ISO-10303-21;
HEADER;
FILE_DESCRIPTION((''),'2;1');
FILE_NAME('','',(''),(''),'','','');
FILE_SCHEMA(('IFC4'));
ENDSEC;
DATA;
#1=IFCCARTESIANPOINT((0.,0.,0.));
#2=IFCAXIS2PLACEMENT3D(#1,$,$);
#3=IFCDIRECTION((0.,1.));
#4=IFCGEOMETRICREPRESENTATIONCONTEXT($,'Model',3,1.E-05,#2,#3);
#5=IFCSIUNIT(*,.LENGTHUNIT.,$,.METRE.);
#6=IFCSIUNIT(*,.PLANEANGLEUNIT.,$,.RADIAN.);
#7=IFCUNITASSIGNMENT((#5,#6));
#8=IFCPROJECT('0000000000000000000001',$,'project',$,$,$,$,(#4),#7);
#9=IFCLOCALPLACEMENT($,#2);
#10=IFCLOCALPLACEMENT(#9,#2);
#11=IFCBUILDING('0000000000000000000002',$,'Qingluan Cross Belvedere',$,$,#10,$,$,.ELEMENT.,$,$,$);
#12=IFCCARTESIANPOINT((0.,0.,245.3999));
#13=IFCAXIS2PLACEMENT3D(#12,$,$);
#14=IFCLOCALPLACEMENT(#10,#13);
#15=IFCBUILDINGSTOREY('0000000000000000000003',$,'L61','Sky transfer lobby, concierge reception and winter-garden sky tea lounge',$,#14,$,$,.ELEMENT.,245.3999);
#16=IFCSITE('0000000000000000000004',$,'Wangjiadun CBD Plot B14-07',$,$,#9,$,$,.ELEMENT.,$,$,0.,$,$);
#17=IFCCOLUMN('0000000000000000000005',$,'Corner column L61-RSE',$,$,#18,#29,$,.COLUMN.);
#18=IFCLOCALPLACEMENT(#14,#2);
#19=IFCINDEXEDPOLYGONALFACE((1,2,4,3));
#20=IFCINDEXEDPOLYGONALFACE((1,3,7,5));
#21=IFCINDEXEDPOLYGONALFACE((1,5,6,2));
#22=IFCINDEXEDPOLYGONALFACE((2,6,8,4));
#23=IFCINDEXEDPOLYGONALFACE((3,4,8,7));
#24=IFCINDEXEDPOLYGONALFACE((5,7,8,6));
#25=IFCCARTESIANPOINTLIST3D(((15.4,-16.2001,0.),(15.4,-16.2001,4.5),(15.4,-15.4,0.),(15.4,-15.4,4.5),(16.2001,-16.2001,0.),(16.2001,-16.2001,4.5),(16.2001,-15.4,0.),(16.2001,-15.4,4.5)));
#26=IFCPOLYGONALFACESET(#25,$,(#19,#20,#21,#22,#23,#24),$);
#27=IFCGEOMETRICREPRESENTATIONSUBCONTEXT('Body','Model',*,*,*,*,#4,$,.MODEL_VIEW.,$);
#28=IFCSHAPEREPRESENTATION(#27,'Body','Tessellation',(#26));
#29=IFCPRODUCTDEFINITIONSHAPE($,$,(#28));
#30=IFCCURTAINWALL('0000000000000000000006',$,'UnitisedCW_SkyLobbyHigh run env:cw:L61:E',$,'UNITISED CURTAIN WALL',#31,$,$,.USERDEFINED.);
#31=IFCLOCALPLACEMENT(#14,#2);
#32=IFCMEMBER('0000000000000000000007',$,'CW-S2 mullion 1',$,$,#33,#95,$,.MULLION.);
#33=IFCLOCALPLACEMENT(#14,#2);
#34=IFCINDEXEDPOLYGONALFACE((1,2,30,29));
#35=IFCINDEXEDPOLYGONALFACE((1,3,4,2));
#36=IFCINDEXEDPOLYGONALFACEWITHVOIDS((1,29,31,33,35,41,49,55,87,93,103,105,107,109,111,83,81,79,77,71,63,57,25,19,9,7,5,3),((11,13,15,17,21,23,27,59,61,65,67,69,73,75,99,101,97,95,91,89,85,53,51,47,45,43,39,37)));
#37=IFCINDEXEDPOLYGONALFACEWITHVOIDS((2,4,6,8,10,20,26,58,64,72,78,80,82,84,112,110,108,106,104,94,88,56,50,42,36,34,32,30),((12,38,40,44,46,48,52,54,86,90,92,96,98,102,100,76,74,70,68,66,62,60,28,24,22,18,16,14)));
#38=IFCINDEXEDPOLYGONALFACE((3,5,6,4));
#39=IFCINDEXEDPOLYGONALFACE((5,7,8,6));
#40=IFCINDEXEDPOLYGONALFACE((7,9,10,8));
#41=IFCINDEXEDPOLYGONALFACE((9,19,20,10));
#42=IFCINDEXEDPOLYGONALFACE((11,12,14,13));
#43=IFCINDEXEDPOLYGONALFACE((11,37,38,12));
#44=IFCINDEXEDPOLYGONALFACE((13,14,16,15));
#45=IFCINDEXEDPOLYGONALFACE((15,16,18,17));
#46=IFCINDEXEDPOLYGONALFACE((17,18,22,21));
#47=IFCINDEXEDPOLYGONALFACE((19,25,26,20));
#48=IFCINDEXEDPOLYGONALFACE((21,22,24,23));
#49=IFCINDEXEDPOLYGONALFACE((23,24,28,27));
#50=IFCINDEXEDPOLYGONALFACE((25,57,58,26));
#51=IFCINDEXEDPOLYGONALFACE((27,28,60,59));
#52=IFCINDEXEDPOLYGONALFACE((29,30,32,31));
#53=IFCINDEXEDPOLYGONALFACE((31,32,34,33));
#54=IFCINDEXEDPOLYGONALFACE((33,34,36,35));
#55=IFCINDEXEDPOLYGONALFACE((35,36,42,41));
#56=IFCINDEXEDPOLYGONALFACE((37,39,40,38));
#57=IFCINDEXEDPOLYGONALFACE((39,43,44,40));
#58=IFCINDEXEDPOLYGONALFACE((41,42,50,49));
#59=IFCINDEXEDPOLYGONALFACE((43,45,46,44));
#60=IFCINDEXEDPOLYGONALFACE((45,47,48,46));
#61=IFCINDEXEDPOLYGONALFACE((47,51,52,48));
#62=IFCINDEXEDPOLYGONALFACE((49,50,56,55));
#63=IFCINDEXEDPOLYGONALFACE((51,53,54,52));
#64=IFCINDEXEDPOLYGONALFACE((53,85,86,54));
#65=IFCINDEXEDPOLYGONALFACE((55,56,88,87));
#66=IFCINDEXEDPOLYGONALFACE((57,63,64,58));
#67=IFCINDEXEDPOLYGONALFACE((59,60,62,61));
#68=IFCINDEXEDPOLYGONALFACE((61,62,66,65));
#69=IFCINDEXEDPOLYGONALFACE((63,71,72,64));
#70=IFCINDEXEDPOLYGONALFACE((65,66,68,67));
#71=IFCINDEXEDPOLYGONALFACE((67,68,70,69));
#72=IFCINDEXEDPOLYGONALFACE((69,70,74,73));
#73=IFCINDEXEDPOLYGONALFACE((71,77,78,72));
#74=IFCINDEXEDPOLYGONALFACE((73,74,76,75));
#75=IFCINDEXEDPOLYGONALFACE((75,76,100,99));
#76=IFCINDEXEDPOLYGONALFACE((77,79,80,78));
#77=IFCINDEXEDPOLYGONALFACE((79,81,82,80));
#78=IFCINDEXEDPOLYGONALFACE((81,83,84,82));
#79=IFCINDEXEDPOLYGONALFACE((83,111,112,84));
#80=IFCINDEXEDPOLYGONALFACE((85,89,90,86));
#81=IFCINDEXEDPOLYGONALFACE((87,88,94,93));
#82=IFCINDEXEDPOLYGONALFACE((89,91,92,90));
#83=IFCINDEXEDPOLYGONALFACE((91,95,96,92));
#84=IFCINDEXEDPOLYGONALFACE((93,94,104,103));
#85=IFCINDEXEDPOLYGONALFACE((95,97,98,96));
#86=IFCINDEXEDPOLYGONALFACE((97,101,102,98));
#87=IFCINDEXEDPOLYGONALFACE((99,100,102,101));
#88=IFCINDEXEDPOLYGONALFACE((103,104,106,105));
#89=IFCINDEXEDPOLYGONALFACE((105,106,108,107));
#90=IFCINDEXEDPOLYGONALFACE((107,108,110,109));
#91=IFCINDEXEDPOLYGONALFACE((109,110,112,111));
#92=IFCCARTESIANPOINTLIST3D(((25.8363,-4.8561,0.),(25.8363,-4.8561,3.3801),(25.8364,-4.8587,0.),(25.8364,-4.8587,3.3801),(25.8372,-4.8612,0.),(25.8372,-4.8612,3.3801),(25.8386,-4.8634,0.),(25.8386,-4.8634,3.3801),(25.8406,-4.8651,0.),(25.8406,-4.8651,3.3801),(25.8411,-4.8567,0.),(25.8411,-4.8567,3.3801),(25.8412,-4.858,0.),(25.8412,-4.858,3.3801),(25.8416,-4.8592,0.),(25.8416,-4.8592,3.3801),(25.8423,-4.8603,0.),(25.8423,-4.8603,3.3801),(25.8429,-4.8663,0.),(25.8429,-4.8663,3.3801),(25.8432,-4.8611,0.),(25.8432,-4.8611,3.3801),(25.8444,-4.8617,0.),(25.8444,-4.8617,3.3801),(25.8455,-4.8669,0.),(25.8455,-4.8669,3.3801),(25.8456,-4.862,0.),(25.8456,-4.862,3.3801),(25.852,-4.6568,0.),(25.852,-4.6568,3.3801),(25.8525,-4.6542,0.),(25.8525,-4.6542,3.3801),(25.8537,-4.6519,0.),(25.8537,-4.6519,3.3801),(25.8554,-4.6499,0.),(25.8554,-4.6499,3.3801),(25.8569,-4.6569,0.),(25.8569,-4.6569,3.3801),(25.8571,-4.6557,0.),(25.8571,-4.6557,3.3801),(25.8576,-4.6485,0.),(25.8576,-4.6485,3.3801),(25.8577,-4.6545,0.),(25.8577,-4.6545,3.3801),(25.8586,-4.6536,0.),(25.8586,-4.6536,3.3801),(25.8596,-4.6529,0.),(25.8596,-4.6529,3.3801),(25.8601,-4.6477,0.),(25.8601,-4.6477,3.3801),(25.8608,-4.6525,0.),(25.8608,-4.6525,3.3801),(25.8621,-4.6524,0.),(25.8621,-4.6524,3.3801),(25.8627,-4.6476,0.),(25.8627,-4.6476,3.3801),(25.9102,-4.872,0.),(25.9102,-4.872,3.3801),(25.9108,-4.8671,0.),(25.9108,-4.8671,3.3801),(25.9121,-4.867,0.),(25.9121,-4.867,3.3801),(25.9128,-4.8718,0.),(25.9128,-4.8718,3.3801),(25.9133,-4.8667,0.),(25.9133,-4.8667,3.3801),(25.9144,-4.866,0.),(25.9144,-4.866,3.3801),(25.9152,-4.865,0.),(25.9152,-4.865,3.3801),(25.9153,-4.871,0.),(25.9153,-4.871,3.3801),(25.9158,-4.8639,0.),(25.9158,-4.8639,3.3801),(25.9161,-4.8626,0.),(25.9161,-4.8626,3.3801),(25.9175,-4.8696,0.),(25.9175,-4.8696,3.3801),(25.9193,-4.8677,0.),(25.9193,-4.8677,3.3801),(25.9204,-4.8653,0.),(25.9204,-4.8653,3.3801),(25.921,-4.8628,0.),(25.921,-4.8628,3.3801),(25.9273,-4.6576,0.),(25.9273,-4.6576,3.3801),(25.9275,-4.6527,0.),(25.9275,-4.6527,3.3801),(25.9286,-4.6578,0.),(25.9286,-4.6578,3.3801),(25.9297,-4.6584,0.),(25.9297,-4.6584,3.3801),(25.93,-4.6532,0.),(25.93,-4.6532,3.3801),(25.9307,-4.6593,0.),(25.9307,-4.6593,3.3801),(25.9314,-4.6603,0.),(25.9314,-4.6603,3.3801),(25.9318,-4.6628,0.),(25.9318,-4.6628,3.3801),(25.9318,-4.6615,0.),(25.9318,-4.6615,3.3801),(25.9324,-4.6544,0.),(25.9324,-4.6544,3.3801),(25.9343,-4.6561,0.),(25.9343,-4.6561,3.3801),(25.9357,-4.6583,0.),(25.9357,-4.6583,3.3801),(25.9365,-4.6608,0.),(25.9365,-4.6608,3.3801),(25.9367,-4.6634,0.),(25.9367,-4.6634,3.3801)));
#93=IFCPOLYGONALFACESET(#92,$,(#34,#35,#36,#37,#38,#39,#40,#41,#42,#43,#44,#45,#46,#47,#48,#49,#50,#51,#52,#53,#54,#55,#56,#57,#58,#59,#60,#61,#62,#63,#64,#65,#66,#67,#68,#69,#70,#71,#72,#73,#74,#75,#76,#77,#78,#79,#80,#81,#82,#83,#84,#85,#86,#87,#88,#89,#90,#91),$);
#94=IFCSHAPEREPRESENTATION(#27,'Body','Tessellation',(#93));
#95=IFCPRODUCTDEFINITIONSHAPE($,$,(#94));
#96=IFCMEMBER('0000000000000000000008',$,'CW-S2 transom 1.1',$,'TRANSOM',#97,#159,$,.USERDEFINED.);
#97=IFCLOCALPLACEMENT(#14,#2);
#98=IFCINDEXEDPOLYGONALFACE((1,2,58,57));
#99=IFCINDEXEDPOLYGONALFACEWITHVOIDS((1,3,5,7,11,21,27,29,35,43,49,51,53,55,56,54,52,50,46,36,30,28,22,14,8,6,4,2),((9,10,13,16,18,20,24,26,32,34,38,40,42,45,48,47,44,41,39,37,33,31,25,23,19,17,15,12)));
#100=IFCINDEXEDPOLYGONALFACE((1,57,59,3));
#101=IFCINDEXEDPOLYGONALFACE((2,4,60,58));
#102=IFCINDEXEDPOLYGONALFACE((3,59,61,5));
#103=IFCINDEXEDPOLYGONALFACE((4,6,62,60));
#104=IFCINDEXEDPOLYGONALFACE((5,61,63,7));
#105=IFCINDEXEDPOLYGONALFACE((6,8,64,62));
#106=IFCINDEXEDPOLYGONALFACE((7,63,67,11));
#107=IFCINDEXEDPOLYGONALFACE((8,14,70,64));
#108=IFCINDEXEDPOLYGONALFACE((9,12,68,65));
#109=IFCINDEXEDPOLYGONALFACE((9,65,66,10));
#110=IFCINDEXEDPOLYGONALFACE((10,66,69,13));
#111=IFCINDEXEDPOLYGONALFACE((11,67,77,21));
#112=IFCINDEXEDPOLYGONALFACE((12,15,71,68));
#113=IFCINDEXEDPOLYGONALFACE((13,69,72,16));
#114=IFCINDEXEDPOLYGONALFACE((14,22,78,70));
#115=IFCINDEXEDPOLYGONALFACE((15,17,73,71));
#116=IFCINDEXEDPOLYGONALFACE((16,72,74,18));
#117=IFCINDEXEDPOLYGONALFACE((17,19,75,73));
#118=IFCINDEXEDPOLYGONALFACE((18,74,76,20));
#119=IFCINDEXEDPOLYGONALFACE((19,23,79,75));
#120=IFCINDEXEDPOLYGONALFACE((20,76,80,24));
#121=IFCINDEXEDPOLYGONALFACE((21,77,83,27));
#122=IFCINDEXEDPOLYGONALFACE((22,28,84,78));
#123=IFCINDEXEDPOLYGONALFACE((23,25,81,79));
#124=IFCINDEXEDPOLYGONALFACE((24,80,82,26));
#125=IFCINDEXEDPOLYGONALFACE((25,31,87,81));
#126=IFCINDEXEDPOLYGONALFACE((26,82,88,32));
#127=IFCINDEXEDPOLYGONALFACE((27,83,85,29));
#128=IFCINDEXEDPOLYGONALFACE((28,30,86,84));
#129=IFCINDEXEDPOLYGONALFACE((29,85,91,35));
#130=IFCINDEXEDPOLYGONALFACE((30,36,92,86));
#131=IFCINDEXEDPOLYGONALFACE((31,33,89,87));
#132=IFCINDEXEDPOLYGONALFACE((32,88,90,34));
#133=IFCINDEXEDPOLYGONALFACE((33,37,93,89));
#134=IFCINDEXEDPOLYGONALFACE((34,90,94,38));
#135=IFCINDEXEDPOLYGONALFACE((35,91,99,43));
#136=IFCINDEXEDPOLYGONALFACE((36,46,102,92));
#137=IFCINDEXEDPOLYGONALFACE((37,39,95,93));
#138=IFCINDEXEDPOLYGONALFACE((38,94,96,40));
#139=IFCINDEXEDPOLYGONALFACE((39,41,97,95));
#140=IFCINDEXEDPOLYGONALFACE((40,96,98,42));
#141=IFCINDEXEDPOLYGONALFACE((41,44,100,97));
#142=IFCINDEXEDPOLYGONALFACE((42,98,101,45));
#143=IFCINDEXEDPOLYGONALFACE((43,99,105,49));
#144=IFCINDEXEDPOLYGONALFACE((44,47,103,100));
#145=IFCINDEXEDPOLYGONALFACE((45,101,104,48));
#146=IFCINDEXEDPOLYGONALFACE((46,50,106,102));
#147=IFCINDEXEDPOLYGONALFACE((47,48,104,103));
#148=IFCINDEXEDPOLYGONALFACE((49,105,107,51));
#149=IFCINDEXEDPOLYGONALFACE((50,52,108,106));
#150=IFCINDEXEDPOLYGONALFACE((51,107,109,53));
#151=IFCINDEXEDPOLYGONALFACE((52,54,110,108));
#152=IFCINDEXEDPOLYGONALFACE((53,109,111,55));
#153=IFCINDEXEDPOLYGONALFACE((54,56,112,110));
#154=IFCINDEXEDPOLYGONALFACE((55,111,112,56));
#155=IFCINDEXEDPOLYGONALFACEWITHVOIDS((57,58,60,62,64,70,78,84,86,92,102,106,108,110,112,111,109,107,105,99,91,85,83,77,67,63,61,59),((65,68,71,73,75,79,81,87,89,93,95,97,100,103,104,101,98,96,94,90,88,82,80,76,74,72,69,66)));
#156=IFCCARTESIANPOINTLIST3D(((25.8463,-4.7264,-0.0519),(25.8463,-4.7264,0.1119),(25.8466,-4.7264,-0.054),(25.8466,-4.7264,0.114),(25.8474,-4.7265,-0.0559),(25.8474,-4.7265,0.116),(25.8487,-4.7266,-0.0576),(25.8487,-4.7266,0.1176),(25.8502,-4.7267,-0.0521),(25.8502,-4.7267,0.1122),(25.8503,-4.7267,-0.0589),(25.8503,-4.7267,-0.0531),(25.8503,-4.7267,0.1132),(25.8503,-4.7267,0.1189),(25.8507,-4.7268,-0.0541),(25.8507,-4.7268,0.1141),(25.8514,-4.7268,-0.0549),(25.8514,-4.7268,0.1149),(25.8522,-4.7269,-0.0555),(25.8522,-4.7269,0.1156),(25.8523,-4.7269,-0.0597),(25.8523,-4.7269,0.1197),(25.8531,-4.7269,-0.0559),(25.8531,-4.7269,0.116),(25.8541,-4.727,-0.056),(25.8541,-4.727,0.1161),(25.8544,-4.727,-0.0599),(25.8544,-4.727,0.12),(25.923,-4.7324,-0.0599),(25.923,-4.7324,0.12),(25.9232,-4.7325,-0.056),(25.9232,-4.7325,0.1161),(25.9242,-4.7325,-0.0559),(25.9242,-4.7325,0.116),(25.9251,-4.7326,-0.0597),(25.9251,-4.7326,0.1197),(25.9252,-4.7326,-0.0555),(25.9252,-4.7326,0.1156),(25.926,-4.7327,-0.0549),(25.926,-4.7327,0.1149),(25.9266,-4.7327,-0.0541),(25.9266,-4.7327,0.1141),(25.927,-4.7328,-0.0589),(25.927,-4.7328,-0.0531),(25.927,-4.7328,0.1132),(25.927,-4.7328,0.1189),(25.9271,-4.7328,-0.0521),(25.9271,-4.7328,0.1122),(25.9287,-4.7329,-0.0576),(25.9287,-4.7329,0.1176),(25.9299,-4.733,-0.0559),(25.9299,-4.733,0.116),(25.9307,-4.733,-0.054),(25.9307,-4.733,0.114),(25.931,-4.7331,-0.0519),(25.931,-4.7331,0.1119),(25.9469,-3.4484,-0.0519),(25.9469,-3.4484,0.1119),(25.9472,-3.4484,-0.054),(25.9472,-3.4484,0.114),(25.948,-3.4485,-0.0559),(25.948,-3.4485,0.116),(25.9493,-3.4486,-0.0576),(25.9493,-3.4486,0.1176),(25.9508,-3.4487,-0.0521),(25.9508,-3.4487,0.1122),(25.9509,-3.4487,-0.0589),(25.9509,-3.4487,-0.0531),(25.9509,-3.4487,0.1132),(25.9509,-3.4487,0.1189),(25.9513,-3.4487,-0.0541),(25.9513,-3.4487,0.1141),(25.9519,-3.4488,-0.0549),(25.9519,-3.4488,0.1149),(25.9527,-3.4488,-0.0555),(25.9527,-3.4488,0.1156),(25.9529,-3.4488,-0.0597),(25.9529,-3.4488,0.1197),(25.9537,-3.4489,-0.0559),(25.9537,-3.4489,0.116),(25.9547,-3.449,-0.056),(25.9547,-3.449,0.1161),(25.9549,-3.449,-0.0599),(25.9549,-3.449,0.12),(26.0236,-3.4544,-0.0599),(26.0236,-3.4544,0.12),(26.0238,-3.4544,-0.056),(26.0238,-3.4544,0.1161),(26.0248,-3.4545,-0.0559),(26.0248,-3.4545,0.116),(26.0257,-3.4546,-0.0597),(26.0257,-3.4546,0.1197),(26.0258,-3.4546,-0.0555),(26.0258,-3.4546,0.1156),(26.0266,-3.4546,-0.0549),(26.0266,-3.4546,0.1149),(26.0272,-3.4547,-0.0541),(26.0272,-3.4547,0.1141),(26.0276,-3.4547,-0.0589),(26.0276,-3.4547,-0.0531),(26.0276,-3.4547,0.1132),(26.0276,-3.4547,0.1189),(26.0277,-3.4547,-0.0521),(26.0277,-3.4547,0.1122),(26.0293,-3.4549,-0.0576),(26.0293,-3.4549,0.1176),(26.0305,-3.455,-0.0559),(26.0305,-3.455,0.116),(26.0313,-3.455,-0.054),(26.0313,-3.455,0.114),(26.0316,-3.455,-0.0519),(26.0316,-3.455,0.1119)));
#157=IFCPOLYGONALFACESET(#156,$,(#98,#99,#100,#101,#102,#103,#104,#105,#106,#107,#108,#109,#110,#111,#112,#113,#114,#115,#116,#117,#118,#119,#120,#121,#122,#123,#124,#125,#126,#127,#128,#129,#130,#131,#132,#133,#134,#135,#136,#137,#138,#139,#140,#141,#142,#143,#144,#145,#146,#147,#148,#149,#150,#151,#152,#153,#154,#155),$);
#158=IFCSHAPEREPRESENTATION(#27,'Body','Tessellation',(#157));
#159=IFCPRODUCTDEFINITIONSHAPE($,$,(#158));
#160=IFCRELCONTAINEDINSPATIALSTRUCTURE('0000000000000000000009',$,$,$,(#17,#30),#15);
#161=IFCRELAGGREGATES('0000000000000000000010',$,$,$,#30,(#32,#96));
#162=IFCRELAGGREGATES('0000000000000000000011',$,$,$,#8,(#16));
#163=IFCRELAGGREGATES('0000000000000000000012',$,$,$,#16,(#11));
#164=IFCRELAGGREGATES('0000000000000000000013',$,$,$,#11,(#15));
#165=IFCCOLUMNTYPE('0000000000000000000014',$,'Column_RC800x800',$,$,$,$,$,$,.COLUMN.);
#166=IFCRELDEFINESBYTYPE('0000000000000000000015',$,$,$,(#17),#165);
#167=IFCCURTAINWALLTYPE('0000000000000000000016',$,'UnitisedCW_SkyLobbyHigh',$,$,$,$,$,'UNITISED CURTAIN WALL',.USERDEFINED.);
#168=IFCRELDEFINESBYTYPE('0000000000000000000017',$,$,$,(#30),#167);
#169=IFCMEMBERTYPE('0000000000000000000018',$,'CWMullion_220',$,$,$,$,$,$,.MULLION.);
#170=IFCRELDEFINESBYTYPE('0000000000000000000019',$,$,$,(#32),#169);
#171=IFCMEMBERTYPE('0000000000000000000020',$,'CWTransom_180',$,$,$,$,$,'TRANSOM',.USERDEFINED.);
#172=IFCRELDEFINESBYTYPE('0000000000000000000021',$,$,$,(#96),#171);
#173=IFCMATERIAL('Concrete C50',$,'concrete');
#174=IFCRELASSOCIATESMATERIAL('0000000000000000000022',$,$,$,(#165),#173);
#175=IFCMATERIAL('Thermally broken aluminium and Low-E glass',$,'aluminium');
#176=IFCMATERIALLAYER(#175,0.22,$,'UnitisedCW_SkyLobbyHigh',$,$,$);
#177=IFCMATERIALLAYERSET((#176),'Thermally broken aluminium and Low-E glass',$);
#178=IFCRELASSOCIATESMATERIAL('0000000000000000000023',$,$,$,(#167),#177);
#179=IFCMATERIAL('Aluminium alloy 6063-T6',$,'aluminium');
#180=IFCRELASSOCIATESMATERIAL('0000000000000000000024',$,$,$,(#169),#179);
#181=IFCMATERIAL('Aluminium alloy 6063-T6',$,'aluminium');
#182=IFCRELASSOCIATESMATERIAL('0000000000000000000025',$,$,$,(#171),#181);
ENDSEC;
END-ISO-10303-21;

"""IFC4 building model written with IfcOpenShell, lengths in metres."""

from ifc_helpers import new_model, si_unit, direction, frame, origin, origin_2d, place, context, subcontext, project, spatial, rectangle, hollow_rectangle, extrude, material, layer, layer_set, material_profile, profile_set, type_object, element, aggregate, save


model = new_model("IFC4")

# Units and contexts
model_context = context("Model", 3, precision=1e-05, world=origin(), true_north=direction((0.0, 1.0)))
body_context = subcontext(model_context, "Body", "Model", "MODEL_VIEW")
ifc_project = project(units=[si_unit("LENGTHUNIT", "METRE"), si_unit("PLANEANGLEUNIT", "RADIAN")], contexts=[model_context])

# Site, building, storey
site_placement = place(None, origin())
site = spatial("IfcSite", under=ifc_project, at=site_placement, Name="Wangjiadun CBD Plot B14-07", CompositionType="ELEMENT", RefElevation=0.0)
building_placement = place(site_placement, origin())
building = spatial("IfcBuilding", under=site, at=building_placement, Name="Qingluan Cross Belvedere", CompositionType="ELEMENT")
storey_placement = place(building_placement, frame((0.0, 0.0, 245.3999)))
storey = spatial("IfcBuildingStorey", under=building, at=storey_placement, Name="L61", Description="Sky transfer lobby, concierge reception and winter-garden sky tea lounge", CompositionType="ELEMENT", Elevation=245.3999)

# Column
ifc_material_1 = material(Name="Concrete C50", Category="concrete")
ifc_material_profile_1 = material_profile(ifc_material_1, rectangle(XDim=0.8, YDim=0.8, at=origin_2d()), Name="RC800x800")
ifc_profile_set_1 = profile_set([ifc_material_profile_1], Name="Concrete C50")
column_type = type_object("IfcColumnType", Name="Column_RC800x800", PredefinedType="COLUMN", material=ifc_profile_set_1)
column_placement = place(storey_placement, frame((15.8, -15.8, 0.0), z_axis=(0.0, 0.0, 1.0), x_axis=(1.0, 0.0, 0.0)))
element("IfcColumn", 1, at=column_placement, inside=storey, type_object=column_type, Name="Corner column L61-RSE", PredefinedType="COLUMN", context=body_context, shape_type="SweptSolid", body=[
    extrude(rectangle(XDim=0.8, YDim=0.8, at=origin_2d()), origin(), (0.0, 0.0, 1.0), 4.5),
])

# Curtain wall, members
ifc_material_2 = material(Name="Thermally broken aluminium and Low-E glass", Category="aluminium")
ifc_layer_1 = layer(ifc_material_2, 0.22, Name="UnitisedCW_SkyLobbyHigh")
ifc_layer_set_1 = layer_set([ifc_layer_1], Name="Thermally broken aluminium and Low-E glass")
curtain_wall_type = type_object("IfcCurtainWallType", Name="UnitisedCW_SkyLobbyHigh", ElementType="UNITISED CURTAIN WALL", PredefinedType="USERDEFINED", material=ifc_layer_set_1)
curtain_wall_placement = place(storey_placement, origin())
curtain_wall = element("IfcCurtainWall", 2, at=curtain_wall_placement, inside=storey, type_object=curtain_wall_type, Name="UnitisedCW_SkyLobbyHigh run env:cw:L61:E", ObjectType="UNITISED CURTAIN WALL", PredefinedType="USERDEFINED")
ifc_material_3 = material(Name="Aluminium alloy 6063-T6", Category="aluminium")
ifc_material_profile_2 = material_profile(ifc_material_3, hollow_rectangle(XDim=0.085, YDim=0.22, WallThickness=0.0049, InnerFilletRadius=0.0049, OuterFilletRadius=0.01, at=origin_2d()), Name="CWM220x85x5")
ifc_profile_set_2 = profile_set([ifc_material_profile_2], Name="Aluminium alloy 6063-T6")
member_type_1 = type_object("IfcMemberType", Name="CWMullion_220", PredefinedType="MULLION", material=ifc_profile_set_2)
member_1_placement = place(storey_placement, frame((25.8865, -4.7598, 0.0), z_axis=(0.0, 0.0, 1.0), x_axis=(-0.996917, 0.078462, 0.0)))
member_1 = element("IfcMember", 3, at=member_1_placement, type_object=member_type_1, Name="CW-S2 mullion 1", PredefinedType="MULLION", context=body_context, shape_type="SweptSolid", body=[
    extrude(hollow_rectangle(XDim=0.085, YDim=0.22, WallThickness=0.0049, InnerFilletRadius=0.0049, OuterFilletRadius=0.01, at=origin_2d()), origin(), (0.0, 0.0, 1.0), 3.3801),
])
ifc_material_4 = material(Name="Aluminium alloy 6063-T6", Category="aluminium")
ifc_material_profile_3 = material_profile(ifc_material_4, hollow_rectangle(XDim=0.085, YDim=0.1799, WallThickness=0.0039, InnerFilletRadius=0.0039, OuterFilletRadius=0.0081, at=origin_2d()), Name="CWT180x85x4")
ifc_profile_set_3 = profile_set([ifc_material_profile_3], Name="Aluminium alloy 6063-T6")
member_type_2 = type_object("IfcMemberType", Name="CWTransom_180", ElementType="TRANSOM", PredefinedType="USERDEFINED", material=ifc_profile_set_3)
member_2_placement = place(storey_placement, frame((25.8887, -4.7297, 0.03), z_axis=(0.078458, 0.996917, 0.0), x_axis=(-0.996917, 0.078458, 0.0)))
member_2 = element("IfcMember", 4, at=member_2_placement, type_object=member_type_2, Name="CW-S2 transom 1.1", ObjectType="TRANSOM", PredefinedType="USERDEFINED", context=body_context, shape_type="SweptSolid", body=[
    extrude(hollow_rectangle(XDim=0.085, YDim=0.1799, WallThickness=0.0039, InnerFilletRadius=0.0039, OuterFilletRadius=0.0081, at=origin_2d()), origin(), (0.0, 0.0, 1.0), 1.282),
])
aggregate(curtain_wall, [member_1, member_2])

save(model, "model.ifc")
